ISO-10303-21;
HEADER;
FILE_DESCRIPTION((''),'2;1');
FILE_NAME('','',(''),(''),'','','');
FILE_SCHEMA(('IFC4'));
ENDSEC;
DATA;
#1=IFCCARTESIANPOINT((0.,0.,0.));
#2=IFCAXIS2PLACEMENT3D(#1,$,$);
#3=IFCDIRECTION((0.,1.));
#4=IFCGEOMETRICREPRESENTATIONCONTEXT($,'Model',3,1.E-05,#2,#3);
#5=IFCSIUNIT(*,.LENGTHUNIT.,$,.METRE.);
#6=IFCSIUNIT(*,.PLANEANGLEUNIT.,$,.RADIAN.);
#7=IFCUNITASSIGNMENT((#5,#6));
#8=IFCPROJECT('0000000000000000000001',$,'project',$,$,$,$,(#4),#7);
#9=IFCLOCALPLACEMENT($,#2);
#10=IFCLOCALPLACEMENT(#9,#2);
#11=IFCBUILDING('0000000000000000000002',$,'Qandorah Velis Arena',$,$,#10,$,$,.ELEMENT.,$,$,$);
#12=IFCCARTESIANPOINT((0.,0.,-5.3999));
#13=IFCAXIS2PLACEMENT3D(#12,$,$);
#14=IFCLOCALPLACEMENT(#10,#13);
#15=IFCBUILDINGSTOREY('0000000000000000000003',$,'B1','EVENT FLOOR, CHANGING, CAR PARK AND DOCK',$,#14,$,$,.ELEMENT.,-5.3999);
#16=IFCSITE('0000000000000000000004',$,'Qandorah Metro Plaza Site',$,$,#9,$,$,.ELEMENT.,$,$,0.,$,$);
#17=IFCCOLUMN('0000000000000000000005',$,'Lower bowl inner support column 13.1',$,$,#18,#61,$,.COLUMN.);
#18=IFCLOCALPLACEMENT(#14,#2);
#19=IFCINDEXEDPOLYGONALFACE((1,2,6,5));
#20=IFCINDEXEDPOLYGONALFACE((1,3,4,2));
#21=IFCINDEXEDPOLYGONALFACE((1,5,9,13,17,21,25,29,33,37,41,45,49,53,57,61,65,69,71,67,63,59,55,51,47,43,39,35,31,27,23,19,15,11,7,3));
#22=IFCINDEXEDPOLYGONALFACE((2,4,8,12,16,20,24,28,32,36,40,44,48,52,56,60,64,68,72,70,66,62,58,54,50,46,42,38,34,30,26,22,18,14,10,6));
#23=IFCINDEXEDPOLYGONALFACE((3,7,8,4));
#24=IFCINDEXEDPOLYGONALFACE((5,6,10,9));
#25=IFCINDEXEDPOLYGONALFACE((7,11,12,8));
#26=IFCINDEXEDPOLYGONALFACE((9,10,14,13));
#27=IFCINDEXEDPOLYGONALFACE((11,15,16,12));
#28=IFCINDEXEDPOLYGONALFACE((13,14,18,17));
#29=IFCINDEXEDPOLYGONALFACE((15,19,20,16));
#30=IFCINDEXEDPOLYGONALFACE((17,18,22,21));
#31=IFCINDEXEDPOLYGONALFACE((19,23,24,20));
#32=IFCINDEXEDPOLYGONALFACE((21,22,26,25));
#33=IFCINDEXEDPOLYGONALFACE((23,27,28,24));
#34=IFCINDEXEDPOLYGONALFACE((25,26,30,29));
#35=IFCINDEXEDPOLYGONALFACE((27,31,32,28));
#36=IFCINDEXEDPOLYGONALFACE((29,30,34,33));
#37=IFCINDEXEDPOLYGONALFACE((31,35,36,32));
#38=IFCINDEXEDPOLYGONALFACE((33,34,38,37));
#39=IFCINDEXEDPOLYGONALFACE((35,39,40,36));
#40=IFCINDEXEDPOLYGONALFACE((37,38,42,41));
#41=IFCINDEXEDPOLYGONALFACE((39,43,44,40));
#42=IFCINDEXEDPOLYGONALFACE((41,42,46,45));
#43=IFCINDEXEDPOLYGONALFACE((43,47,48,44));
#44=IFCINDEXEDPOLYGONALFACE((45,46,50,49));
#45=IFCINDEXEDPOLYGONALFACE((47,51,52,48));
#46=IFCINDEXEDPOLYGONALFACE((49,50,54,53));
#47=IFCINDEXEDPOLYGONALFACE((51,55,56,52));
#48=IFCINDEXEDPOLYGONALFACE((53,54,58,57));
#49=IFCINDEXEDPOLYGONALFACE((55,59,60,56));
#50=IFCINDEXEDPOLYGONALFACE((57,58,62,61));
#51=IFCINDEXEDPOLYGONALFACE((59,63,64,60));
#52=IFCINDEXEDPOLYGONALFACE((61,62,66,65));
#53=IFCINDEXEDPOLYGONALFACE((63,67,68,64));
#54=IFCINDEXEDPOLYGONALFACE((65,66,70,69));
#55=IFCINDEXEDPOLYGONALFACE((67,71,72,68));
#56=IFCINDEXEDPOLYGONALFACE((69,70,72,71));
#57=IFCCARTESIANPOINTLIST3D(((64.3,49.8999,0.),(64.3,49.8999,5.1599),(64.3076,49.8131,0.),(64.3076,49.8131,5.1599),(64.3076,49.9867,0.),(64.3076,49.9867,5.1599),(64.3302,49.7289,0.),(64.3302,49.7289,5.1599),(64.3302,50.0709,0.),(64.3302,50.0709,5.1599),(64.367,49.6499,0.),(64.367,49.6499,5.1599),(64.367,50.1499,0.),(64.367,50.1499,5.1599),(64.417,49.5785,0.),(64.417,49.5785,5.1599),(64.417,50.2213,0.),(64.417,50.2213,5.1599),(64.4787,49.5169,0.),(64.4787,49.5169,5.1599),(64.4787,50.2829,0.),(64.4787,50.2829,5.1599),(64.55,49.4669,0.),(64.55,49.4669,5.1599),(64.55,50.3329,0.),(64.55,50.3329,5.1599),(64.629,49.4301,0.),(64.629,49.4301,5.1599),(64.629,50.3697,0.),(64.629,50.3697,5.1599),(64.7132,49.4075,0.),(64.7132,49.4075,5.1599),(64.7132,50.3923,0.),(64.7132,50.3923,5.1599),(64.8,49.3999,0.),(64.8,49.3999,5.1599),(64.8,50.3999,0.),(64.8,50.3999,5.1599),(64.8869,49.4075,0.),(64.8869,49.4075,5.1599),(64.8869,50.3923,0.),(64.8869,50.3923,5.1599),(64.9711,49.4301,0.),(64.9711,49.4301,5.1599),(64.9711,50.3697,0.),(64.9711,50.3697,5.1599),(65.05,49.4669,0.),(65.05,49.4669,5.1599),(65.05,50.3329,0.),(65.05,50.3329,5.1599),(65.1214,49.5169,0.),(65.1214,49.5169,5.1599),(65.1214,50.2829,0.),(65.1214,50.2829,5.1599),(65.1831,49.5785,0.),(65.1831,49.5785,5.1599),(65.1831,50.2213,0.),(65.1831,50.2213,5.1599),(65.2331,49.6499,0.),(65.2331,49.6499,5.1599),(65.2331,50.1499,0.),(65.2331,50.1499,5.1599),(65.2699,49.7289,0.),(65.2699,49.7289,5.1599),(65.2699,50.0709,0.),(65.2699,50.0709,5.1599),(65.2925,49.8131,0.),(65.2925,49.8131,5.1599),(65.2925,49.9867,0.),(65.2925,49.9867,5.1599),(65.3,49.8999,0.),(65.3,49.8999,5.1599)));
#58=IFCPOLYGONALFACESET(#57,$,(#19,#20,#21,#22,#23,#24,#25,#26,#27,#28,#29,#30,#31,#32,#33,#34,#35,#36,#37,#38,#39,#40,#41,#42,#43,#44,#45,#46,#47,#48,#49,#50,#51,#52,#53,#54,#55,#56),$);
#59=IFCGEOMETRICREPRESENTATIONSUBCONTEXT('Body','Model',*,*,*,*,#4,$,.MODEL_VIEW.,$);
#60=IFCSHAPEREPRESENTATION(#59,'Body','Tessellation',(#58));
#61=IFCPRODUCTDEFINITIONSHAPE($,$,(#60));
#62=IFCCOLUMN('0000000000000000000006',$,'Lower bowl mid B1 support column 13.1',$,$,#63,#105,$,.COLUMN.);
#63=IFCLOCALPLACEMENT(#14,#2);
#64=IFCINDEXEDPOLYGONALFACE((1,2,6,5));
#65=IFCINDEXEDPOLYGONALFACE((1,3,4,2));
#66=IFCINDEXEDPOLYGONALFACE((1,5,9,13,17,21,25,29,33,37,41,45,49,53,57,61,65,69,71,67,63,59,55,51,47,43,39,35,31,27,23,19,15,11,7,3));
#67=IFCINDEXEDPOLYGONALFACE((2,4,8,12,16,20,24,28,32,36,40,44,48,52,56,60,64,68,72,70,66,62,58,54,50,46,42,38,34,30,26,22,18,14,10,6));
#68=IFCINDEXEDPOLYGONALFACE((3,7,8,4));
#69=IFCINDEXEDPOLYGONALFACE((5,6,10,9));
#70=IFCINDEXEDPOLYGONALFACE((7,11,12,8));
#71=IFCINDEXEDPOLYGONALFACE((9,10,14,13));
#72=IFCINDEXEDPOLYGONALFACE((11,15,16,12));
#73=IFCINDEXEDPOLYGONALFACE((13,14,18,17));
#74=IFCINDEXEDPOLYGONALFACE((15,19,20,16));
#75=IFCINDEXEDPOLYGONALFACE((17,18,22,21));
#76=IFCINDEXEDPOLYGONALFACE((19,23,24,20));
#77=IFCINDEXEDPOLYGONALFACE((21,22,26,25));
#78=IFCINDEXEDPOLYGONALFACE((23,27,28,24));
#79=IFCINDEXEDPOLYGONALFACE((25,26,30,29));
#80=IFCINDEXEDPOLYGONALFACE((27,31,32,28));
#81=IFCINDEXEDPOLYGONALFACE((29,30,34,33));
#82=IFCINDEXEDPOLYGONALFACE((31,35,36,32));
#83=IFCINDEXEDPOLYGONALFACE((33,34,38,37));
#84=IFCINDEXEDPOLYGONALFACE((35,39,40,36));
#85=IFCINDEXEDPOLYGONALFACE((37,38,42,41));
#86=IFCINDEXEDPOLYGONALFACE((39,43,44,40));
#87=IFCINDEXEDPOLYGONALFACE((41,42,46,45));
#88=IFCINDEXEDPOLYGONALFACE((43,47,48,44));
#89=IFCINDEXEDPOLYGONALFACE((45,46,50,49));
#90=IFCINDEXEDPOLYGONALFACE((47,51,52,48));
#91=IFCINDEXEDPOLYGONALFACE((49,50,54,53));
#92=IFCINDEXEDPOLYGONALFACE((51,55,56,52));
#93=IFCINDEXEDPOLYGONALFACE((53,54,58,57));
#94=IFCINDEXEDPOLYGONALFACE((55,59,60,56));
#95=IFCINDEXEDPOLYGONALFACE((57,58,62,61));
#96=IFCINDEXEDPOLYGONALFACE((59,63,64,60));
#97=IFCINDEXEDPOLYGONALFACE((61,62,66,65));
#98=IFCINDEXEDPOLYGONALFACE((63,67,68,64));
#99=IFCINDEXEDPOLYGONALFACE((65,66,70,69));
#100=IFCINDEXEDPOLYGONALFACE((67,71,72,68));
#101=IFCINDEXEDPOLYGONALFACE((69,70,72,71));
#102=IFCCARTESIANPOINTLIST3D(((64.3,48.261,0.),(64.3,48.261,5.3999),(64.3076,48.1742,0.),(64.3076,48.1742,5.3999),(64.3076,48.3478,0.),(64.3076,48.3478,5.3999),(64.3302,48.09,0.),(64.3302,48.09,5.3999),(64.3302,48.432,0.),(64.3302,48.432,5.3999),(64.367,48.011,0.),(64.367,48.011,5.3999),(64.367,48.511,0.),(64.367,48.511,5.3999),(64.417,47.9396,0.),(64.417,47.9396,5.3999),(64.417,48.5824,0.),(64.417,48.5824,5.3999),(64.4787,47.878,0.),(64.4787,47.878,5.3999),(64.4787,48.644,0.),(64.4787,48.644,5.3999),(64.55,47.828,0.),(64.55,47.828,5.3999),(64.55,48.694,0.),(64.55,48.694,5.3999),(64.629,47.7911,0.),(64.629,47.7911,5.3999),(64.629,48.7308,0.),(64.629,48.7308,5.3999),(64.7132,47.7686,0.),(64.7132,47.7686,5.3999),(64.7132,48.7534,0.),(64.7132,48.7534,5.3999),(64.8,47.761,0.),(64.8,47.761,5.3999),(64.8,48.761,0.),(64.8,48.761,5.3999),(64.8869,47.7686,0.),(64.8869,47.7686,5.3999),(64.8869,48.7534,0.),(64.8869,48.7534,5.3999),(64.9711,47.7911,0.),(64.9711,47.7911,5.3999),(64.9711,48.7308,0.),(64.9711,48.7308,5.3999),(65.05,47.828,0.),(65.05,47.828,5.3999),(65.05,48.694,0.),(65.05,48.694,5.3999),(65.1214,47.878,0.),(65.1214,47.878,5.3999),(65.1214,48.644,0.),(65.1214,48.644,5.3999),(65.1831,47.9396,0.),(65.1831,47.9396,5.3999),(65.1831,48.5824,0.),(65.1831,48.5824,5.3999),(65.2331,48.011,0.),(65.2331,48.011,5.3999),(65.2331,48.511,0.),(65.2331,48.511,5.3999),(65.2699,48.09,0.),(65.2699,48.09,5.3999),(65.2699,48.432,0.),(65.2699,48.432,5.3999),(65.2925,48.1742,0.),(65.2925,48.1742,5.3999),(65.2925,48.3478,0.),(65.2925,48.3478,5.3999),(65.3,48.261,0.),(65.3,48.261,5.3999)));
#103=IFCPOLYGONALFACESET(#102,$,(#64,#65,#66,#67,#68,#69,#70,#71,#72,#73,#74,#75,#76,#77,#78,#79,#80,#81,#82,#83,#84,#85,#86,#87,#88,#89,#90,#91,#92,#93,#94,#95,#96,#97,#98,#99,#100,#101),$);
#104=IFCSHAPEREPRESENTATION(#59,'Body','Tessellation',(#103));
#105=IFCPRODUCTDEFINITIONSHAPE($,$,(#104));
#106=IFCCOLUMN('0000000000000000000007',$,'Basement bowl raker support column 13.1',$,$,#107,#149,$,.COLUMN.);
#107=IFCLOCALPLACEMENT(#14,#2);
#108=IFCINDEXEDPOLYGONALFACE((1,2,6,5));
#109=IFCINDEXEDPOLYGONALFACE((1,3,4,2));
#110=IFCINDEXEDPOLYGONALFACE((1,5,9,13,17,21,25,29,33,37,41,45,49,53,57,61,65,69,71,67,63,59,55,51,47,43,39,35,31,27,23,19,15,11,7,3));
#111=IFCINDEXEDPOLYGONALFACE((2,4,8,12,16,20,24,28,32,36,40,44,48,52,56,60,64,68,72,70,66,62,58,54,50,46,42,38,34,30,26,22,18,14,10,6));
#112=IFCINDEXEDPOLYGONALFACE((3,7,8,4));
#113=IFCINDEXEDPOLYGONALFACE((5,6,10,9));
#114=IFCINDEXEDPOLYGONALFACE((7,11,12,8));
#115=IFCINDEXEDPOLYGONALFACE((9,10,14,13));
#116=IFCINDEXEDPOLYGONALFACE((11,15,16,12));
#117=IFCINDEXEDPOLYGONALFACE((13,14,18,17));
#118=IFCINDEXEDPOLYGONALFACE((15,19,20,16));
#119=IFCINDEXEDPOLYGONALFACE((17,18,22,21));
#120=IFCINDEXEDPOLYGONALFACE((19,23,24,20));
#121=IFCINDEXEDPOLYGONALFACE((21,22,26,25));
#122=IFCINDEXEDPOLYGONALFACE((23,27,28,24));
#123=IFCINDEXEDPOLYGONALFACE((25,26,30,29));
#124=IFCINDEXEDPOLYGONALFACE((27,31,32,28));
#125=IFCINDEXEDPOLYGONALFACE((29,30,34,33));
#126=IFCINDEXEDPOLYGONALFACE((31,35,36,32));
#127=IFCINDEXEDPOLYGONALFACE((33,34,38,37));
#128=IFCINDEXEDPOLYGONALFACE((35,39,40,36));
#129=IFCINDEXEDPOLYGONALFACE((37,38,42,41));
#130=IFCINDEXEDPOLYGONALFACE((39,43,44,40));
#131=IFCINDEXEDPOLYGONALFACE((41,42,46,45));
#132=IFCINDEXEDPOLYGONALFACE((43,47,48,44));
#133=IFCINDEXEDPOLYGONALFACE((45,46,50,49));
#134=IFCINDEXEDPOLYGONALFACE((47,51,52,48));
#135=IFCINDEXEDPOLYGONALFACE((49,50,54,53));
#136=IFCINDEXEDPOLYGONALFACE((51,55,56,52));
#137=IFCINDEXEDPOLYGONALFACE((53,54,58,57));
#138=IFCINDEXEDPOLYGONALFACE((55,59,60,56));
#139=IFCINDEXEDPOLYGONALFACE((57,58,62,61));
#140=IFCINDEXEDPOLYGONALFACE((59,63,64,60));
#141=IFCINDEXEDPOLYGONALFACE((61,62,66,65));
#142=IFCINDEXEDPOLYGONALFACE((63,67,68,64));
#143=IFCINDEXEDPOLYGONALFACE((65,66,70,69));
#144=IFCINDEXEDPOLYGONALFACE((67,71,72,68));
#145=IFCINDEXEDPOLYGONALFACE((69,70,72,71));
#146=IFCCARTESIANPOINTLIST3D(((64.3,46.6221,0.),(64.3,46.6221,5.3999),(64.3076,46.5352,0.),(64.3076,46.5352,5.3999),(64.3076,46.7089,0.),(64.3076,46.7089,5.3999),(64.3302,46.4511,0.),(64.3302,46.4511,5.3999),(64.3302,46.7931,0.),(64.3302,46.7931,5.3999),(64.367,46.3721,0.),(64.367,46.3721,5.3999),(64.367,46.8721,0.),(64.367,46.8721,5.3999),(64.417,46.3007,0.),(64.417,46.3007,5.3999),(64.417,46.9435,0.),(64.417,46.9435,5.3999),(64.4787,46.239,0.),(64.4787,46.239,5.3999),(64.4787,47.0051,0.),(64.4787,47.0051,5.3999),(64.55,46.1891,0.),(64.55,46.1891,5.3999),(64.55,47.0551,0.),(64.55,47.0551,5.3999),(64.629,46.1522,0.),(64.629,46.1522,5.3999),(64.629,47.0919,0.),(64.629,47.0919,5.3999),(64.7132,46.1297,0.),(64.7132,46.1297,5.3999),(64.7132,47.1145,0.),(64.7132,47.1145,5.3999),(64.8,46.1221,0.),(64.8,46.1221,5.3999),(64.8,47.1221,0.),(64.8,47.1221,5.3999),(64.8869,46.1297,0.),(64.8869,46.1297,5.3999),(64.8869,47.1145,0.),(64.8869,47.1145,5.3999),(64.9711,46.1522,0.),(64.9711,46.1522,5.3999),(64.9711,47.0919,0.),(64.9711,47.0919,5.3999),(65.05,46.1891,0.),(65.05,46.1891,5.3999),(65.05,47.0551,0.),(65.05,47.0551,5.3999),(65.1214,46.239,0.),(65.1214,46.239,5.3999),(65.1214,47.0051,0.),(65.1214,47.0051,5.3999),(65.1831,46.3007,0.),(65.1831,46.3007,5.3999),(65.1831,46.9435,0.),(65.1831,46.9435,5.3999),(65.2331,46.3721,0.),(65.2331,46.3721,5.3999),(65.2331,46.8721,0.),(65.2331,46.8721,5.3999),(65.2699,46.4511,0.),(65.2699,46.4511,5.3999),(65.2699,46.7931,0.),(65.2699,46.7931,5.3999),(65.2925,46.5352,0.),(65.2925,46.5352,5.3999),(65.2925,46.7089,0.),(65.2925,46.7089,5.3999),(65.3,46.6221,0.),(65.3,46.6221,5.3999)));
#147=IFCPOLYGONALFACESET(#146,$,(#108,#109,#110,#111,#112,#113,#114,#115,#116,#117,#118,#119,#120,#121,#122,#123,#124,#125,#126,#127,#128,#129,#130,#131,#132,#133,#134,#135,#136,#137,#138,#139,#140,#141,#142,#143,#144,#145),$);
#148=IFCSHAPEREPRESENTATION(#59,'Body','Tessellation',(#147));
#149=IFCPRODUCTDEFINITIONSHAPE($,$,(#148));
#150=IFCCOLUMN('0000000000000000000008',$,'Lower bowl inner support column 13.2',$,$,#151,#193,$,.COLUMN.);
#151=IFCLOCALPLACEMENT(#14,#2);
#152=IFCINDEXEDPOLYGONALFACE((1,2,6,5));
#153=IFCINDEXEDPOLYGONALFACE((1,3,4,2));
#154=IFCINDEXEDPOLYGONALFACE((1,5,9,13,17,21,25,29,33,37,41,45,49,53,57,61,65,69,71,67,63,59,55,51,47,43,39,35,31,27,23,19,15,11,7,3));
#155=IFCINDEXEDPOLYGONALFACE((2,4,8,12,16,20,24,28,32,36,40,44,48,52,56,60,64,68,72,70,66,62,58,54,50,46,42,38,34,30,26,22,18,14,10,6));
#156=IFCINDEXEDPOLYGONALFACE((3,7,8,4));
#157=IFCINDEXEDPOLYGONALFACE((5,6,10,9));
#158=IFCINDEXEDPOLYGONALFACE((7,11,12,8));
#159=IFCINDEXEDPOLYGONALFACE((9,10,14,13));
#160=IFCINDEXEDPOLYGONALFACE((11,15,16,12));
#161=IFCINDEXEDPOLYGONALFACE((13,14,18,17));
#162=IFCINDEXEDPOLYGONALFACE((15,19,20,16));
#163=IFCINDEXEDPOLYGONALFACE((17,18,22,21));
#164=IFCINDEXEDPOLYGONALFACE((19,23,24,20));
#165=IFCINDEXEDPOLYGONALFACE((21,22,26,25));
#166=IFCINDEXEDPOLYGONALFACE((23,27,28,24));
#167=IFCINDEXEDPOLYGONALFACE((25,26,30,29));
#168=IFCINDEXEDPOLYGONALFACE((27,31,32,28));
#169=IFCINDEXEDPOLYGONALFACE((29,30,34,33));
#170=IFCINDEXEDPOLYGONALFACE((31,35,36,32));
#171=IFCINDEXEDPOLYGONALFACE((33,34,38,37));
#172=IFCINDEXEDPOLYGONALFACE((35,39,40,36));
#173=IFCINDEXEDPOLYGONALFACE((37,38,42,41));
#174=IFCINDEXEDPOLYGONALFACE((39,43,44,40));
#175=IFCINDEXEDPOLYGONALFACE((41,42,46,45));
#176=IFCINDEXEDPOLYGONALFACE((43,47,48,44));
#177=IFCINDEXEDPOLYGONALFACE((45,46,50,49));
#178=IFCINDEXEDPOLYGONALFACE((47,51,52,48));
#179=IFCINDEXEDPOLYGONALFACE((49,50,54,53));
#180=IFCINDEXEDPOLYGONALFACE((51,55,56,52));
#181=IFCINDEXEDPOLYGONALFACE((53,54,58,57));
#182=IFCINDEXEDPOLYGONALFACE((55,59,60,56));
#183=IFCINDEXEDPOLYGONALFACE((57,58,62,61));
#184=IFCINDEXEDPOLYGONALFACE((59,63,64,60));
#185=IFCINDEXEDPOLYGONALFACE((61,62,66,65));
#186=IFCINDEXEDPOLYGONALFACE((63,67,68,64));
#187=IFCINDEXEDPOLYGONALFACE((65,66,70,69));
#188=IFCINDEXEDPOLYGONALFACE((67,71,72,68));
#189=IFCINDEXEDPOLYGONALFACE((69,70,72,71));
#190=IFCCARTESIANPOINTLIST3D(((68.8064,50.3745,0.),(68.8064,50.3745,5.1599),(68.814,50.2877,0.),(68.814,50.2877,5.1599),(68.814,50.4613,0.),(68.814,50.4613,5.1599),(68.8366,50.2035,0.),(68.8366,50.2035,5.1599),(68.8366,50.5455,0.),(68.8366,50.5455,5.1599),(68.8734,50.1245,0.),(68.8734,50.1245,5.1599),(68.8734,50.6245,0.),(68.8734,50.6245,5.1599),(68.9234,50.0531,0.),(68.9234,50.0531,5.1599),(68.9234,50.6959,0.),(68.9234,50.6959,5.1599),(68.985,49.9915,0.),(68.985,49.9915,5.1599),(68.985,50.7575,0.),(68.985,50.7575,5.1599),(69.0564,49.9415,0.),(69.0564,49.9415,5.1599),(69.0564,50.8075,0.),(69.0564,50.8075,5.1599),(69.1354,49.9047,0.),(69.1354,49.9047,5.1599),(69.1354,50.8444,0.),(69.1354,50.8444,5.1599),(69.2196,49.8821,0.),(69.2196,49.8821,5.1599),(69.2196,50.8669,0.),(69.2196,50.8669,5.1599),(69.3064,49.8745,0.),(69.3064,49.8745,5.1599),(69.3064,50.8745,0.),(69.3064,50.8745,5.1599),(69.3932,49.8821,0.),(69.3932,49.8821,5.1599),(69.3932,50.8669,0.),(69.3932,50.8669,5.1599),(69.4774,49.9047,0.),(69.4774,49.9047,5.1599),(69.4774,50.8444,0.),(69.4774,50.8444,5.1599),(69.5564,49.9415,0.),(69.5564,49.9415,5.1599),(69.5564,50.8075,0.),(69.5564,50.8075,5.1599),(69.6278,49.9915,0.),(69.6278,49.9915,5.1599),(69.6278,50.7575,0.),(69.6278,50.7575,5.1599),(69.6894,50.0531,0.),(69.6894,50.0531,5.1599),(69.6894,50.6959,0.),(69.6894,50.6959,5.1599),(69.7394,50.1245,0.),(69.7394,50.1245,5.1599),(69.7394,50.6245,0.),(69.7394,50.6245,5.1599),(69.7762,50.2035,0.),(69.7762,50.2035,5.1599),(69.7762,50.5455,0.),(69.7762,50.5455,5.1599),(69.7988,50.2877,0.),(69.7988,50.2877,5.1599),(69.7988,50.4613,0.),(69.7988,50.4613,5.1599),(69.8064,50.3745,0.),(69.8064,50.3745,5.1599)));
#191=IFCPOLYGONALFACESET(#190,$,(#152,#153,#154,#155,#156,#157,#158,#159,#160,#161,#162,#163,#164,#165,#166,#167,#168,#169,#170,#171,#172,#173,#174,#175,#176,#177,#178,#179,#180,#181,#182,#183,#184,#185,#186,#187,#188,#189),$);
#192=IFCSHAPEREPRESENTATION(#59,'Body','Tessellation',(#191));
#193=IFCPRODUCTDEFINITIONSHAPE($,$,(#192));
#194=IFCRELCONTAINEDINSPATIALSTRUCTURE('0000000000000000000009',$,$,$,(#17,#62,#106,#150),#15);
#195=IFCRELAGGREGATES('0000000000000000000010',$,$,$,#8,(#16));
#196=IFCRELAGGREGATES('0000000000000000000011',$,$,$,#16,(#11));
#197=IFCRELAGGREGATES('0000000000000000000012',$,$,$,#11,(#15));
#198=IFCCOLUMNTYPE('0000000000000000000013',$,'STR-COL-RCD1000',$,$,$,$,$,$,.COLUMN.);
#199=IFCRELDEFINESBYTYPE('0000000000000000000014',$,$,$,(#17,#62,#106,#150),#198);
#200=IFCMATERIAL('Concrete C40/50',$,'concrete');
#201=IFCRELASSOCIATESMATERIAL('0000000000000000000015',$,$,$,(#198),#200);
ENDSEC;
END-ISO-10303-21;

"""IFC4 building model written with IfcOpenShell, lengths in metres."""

from ifc_helpers import new_model, si_unit, direction, frame, origin, origin_2d, place, context, subcontext, project, spatial, circle, extrude, material, material_profile, profile_set, type_object, element, save


model = new_model("IFC4")

# Units and contexts
model_context = context("Model", 3, precision=1e-05, world=origin(), true_north=direction((0.0, 1.0)))
body_context = subcontext(model_context, "Body", "Model", "MODEL_VIEW")
ifc_project = project(units=[si_unit("LENGTHUNIT", "METRE"), si_unit("PLANEANGLEUNIT", "RADIAN")], contexts=[model_context])

# Site, building, storey
site_placement = place(None, origin())
site = spatial("IfcSite", under=ifc_project, at=site_placement, Name="Qandorah Metro Plaza Site", CompositionType="ELEMENT", RefElevation=0.0)
building_placement = place(site_placement, origin())
building = spatial("IfcBuilding", under=site, at=building_placement, Name="Qandorah Velis Arena", CompositionType="ELEMENT")
storey_placement = place(building_placement, frame((0.0, 0.0, -5.3999)))
storey = spatial("IfcBuildingStorey", under=building, at=storey_placement, Name="B1", Description="EVENT FLOOR, CHANGING, CAR PARK AND DOCK", CompositionType="ELEMENT", Elevation=-5.3999)

# Shared definitions
ifc_material = material(Name="Concrete C40/50", Category="concrete")

# Columns
ifc_material_profile_1 = material_profile(ifc_material, circle(Radius=0.5, at=origin_2d()), Name="RC D1000")
ifc_profile_set_1 = profile_set([ifc_material_profile_1], Name="Concrete C40/50")
column_type_1 = type_object("IfcColumnType", Name="STR-COL-RCD1000", PredefinedType="COLUMN", material=ifc_profile_set_1)
for number, where, z_axis, x_axis, name in (
    (1, (64.8, 49.8999, 0.0), (0.0, 0.0, 1.0), (1.0, 0.0, 0.0), "Lower bowl inner support column 13.1"),
):
    element("IfcColumn", number, at=place(storey_placement, frame(where, z_axis=z_axis, x_axis=x_axis)), inside=storey, type_object=column_type_1, Name=name, PredefinedType="COLUMN", context=body_context, shape_type="SweptSolid", body=[
        extrude(circle(Radius=0.5, at=origin_2d()), origin(), (0.0, 0.0, 1.0), 5.1599),
    ])
for number, where, z_axis, x_axis, name in (
    (2, (64.8, 48.261, 0.0), (0.0, 0.0, 1.0), (1.0, 0.0, 0.0), "Lower bowl mid B1 support column 13.1"),
    (3, (64.8, 46.6221, 0.0), (0.0, 0.0, 1.0), (1.0, 0.0, 0.0), "Basement bowl raker support column 13.1"),
):
    element("IfcColumn", number, at=place(storey_placement, frame(where, z_axis=z_axis, x_axis=x_axis)), inside=storey, type_object=column_type_1, Name=name, PredefinedType="COLUMN", context=body_context, shape_type="SweptSolid", body=[
        extrude(circle(Radius=0.5, at=origin_2d()), origin(), (0.0, 0.0, 1.0), 5.3999),
    ])
column_1_placement = place(storey_placement, frame((69.3064, 50.3745, 0.0), z_axis=(0.0, 0.0, 1.0), x_axis=(1.0, 0.0, 0.0)))
element("IfcColumn", 4, at=column_1_placement, inside=storey, type_object=column_type_1, Name="Lower bowl inner support column 13.2", PredefinedType="COLUMN", context=body_context, shape_type="SweptSolid", body=[
    extrude(circle(Radius=0.5, at=origin_2d()), origin(), (0.0, 0.0, 1.0), 5.1599),
])

save(model, "model.ifc")
